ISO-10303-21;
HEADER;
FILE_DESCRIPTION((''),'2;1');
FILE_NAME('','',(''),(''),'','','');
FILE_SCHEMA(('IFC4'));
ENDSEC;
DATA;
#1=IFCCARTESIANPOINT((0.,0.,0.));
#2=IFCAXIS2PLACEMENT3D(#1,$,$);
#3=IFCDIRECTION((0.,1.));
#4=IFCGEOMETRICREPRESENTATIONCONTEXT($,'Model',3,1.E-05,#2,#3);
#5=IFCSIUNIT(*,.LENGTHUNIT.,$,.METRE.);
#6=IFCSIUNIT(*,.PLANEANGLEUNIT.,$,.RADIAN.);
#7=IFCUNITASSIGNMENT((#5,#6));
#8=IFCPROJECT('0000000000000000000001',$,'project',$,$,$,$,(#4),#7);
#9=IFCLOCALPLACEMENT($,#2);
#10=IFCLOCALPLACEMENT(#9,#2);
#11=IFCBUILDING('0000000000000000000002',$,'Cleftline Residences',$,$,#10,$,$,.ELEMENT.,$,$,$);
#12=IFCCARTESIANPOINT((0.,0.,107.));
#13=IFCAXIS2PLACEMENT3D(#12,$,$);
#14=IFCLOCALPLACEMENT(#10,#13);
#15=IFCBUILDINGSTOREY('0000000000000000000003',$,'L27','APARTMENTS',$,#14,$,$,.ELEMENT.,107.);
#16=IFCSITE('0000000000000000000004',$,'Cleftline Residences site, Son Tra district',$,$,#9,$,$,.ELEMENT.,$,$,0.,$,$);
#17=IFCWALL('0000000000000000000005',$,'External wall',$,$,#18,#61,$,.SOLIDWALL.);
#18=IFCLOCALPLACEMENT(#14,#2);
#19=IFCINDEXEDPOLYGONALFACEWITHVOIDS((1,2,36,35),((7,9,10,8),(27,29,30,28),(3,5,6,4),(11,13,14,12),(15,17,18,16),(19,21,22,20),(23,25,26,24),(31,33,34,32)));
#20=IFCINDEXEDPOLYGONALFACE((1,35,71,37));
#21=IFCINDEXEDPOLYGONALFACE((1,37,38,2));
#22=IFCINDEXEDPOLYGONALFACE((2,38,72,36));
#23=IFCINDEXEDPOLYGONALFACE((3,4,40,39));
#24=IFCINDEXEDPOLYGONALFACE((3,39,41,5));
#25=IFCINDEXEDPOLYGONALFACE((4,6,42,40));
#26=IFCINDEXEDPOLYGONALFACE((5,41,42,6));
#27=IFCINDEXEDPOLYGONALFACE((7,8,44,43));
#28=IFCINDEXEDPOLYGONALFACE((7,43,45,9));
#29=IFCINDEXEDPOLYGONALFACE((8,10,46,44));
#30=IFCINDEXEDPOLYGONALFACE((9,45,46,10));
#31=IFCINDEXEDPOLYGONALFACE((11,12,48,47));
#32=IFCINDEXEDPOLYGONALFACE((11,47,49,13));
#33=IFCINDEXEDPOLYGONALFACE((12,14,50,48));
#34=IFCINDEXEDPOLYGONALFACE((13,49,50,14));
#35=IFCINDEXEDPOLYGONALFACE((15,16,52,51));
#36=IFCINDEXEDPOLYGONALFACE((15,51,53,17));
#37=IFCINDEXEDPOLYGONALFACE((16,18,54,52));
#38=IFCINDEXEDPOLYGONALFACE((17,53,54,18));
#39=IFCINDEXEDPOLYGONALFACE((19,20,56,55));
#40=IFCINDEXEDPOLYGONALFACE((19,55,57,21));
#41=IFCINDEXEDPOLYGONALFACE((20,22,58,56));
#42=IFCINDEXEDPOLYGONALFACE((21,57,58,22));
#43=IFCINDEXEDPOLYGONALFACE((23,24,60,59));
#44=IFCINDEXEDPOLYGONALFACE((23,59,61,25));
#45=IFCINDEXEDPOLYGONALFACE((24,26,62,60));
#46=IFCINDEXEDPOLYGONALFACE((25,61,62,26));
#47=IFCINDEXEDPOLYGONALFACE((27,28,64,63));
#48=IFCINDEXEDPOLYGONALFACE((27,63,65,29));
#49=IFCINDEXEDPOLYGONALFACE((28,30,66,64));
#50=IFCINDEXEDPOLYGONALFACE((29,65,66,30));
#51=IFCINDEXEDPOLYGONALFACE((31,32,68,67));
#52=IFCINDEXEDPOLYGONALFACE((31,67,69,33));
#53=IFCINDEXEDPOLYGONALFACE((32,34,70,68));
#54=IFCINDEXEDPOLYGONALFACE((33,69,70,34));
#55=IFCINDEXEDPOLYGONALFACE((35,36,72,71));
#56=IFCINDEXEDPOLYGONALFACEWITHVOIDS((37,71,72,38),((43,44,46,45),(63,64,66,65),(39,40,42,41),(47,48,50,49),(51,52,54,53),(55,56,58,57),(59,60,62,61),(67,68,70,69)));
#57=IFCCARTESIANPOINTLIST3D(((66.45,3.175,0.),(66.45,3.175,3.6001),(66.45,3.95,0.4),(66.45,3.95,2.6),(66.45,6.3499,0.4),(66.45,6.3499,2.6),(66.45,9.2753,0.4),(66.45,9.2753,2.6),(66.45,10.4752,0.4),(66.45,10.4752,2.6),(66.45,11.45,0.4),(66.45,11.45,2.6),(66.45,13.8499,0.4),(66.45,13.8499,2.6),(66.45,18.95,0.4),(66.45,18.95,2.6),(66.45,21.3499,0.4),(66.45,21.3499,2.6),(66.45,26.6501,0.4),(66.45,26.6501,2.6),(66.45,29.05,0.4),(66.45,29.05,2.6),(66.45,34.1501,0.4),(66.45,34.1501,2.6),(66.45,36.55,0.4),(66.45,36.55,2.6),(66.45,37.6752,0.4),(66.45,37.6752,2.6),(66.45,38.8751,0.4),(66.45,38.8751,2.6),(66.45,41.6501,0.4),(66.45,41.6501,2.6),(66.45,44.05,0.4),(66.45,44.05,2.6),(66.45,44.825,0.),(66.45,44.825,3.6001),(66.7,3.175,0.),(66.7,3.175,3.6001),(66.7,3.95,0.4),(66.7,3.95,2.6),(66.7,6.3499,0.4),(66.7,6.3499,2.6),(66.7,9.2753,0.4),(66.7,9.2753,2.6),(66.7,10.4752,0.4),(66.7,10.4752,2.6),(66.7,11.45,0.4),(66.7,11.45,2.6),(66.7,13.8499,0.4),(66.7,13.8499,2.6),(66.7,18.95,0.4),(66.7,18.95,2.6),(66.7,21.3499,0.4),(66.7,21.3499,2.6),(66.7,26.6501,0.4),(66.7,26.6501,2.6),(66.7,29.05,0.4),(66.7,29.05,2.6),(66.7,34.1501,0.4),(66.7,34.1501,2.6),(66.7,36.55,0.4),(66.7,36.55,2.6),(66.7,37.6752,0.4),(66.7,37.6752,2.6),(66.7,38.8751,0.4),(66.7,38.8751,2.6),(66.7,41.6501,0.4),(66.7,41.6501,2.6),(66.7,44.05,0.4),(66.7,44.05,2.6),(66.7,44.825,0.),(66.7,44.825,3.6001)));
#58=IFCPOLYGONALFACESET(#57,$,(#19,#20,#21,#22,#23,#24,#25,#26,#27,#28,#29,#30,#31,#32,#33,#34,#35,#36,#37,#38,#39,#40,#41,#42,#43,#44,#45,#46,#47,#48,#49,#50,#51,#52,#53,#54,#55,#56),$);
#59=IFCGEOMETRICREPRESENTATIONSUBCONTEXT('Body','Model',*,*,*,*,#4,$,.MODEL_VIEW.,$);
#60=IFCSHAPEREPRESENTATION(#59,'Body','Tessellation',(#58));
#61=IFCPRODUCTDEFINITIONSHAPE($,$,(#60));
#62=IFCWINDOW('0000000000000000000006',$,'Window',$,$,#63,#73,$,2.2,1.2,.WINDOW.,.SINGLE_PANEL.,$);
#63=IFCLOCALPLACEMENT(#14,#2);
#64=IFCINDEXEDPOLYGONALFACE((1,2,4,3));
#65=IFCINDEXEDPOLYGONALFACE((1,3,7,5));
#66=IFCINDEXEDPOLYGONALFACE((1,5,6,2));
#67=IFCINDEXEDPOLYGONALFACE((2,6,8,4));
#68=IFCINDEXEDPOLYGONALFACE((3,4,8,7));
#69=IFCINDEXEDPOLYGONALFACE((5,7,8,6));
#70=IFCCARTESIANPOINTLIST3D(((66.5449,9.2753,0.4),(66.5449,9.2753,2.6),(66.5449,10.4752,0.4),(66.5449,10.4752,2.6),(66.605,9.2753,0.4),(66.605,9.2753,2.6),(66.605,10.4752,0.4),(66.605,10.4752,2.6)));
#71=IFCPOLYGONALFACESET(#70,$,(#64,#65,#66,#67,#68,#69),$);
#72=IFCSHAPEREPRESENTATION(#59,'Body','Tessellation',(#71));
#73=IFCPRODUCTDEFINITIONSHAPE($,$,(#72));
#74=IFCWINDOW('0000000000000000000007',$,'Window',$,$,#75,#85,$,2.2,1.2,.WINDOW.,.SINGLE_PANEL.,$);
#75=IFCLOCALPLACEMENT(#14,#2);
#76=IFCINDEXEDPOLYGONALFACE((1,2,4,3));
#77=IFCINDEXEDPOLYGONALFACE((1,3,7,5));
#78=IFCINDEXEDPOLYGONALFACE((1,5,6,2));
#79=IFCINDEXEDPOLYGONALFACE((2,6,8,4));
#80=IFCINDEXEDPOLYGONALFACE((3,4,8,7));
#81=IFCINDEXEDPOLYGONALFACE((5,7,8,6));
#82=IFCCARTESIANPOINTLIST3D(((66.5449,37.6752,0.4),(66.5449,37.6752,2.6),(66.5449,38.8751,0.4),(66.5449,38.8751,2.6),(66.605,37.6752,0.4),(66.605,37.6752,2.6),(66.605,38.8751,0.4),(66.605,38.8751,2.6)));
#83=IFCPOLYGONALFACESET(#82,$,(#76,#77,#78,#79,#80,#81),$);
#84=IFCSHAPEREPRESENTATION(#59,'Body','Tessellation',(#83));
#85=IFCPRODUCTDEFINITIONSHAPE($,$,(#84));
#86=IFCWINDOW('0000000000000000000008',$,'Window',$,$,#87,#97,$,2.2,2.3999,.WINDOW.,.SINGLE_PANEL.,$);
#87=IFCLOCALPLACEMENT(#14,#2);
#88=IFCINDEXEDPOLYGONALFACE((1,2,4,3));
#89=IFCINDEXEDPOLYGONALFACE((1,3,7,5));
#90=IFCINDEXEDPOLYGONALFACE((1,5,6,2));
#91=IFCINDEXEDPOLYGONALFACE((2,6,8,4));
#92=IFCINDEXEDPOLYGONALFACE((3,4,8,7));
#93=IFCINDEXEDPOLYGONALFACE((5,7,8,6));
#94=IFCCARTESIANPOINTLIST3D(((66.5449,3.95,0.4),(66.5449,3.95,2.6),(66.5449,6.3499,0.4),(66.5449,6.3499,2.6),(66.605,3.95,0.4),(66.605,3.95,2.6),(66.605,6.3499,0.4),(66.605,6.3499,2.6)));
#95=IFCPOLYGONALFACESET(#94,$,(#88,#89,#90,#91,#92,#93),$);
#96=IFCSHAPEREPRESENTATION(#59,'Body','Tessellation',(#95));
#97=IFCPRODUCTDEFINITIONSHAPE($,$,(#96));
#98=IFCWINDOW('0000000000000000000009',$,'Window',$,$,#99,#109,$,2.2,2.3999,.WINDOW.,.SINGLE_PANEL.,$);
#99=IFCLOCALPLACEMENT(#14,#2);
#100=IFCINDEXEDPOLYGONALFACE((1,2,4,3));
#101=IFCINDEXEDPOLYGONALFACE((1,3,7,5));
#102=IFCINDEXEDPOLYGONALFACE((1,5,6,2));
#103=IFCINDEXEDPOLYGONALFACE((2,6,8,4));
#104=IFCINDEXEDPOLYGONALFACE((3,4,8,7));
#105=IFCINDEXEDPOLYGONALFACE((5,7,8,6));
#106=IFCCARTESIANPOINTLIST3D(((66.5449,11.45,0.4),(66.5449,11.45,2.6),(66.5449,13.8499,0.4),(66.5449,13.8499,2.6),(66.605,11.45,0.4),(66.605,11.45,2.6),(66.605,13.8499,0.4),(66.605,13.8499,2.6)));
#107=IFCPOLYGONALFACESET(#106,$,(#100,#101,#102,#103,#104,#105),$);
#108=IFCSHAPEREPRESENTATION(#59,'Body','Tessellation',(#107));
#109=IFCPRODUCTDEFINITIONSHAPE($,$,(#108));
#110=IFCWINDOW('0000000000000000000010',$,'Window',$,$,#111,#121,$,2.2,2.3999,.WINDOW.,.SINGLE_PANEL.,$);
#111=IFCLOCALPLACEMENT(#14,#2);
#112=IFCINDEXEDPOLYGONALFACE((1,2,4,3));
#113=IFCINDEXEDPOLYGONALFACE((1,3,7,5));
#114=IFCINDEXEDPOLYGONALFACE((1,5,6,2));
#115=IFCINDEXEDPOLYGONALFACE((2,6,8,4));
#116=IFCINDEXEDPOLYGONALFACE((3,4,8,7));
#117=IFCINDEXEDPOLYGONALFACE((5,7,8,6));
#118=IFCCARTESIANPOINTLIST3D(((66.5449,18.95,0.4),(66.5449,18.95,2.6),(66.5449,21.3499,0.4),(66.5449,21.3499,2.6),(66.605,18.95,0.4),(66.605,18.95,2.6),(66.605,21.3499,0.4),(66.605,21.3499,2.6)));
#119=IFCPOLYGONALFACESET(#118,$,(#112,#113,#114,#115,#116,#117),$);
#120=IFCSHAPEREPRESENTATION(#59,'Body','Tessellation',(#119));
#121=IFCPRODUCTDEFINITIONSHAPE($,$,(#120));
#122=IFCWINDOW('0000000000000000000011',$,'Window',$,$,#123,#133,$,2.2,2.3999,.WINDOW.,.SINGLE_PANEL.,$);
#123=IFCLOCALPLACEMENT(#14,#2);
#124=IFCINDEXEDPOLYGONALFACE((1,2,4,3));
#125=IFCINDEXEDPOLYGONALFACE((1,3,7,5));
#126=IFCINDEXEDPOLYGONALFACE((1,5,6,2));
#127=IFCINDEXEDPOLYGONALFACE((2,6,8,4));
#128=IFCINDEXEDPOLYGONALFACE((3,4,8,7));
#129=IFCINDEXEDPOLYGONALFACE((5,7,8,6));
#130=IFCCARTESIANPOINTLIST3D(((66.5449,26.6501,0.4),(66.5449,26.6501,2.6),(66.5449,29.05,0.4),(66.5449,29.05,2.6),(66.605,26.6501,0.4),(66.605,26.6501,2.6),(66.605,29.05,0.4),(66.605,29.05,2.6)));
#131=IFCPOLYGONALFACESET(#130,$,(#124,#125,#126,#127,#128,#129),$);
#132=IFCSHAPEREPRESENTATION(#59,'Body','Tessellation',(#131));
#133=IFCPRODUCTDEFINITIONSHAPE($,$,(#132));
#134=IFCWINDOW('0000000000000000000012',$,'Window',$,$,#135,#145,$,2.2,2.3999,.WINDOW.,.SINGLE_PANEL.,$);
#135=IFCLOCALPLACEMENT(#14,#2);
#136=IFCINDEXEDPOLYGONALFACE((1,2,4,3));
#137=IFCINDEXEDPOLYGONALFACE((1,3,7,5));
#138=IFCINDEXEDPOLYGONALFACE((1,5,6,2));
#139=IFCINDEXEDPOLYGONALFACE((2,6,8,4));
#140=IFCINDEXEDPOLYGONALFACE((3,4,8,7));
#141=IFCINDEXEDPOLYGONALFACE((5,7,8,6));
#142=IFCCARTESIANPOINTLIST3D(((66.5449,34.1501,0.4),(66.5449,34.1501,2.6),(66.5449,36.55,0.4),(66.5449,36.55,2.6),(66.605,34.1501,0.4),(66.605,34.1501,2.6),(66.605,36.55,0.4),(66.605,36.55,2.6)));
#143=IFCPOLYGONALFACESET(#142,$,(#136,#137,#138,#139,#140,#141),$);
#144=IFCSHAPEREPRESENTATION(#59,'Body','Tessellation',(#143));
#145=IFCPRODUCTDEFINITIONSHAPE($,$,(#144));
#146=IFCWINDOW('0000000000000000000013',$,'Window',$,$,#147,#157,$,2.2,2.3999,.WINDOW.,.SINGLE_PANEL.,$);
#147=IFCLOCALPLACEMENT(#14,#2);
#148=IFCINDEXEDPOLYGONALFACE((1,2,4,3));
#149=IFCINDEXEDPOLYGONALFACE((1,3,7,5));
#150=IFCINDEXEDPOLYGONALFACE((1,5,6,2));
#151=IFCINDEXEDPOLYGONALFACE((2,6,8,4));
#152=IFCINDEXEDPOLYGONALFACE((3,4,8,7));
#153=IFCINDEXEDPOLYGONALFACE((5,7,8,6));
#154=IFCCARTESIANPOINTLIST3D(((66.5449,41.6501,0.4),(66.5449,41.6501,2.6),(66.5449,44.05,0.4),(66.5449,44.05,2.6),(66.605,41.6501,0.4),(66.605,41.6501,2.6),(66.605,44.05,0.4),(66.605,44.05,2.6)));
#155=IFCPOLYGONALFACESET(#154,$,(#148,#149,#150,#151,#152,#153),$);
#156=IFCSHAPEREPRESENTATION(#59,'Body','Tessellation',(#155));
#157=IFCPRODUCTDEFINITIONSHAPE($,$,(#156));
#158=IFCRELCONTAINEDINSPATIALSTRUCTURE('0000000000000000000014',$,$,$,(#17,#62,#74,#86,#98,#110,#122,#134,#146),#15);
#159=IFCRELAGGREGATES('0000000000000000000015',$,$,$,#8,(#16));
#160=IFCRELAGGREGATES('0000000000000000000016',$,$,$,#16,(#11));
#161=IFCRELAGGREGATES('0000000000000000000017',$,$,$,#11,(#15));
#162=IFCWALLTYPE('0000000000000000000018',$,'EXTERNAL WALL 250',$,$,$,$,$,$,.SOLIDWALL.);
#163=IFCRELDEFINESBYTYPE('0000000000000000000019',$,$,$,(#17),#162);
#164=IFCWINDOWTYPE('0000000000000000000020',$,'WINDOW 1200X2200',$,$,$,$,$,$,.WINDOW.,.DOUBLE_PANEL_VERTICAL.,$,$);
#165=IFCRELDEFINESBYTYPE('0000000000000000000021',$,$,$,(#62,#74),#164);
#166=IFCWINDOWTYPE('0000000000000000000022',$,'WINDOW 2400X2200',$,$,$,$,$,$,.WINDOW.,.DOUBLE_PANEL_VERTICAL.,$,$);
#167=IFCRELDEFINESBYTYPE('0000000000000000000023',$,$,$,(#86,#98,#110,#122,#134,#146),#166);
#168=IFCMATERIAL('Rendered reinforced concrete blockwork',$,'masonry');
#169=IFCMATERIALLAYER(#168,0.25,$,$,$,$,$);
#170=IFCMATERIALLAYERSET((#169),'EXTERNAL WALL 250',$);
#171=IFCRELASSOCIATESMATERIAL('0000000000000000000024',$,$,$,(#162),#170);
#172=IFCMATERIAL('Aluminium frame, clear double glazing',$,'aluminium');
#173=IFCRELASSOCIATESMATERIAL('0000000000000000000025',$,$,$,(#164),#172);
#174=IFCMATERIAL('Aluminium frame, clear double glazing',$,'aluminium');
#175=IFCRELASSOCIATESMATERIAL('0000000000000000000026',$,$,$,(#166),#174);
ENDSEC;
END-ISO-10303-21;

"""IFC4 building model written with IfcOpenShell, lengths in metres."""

from ifc_helpers import new_model, si_unit, direction, frame, frame_2d, origin, place, context, subcontext, project, spatial, rectangle, extrude, material, layer, layer_set, type_object, element, fill, save


model = new_model("IFC4")

# Units and contexts
model_context = context("Model", 3, precision=1e-05, world=origin(), true_north=direction((0.0, 1.0)))
body_context = subcontext(model_context, "Body", "Model", "MODEL_VIEW")
ifc_project = project(units=[si_unit("LENGTHUNIT", "METRE"), si_unit("PLANEANGLEUNIT", "RADIAN")], contexts=[model_context])

# Site, building, storey
site_placement = place(None, origin())
site = spatial("IfcSite", under=ifc_project, at=site_placement, Name="Cleftline Residences site, Son Tra district", CompositionType="ELEMENT", RefElevation=0.0)
building_placement = place(site_placement, origin())
building = spatial("IfcBuilding", under=site, at=building_placement, Name="Cleftline Residences", CompositionType="ELEMENT")
storey_placement = place(building_placement, frame((0.0, 0.0, 107.0)))
storey = spatial("IfcBuildingStorey", under=building, at=storey_placement, Name="L27", Description="APARTMENTS", CompositionType="ELEMENT", Elevation=107.0)

# Wall, openings, windows
ifc_material_1 = material(Name="Rendered reinforced concrete blockwork", Category="masonry")
ifc_layer_1 = layer(ifc_material_1, 0.25)
ifc_layer_set_1 = layer_set([ifc_layer_1], Name="EXTERNAL WALL 250")
wall_type = type_object("IfcWallType", Name="EXTERNAL WALL 250", PredefinedType="SOLIDWALL", material=ifc_layer_set_1)
wall_placement = place(storey_placement, frame((66.575, 3.175, 0.0), z_axis=(0.0, 0.0, 1.0), x_axis=(0.0, 1.0, 0.0)))
wall = element("IfcWall", 1, at=wall_placement, inside=storey, type_object=wall_type, Name="External wall", PredefinedType="SOLIDWALL", context=body_context, shape_type="SweptSolid", body=[
    extrude(rectangle(XDim=41.6499, YDim=0.25, at=frame_2d((20.825, 0.0))), origin(), (0.0, 0.0, 1.0), 3.6001),
])
opening_1_placement = place(wall_placement, frame((0.7749, 0.0, 0.3999)))
opening_1 = element("IfcOpeningElement", 2, at=opening_1_placement, cuts=wall, PredefinedType="OPENING", context=body_context, shape_type="SweptSolid", body=[
    extrude(rectangle(XDim=2.3999, YDim=2.2, at=frame_2d((1.2, 1.1001))), frame((0.0, 0.135, 0.0), z_axis=(0.0, -1.0, 0.0), x_axis=(1.0, 0.0, 0.0)), (0.0, 0.0, 1.0), 0.27),
])
opening_2_placement = place(wall_placement, frame((6.1001, 0.0, 0.3999)))
opening_2 = element("IfcOpeningElement", 3, at=opening_2_placement, cuts=wall, PredefinedType="OPENING", context=body_context, shape_type="SweptSolid", body=[
    extrude(rectangle(XDim=1.2, YDim=2.2, at=frame_2d((0.6001, 1.1001))), frame((0.0, 0.135, 0.0), z_axis=(0.0, -1.0, 0.0), x_axis=(1.0, 0.0, 0.0)), (0.0, 0.0, 1.0), 0.27),
])
opening_3_placement = place(wall_placement, frame((8.2749, 0.0, 0.3999)))
opening_3 = element("IfcOpeningElement", 4, at=opening_3_placement, cuts=wall, PredefinedType="OPENING", context=body_context, shape_type="SweptSolid", body=[
    extrude(rectangle(XDim=2.3999, YDim=2.2, at=frame_2d((1.2, 1.1001))), frame((0.0, 0.135, 0.0), z_axis=(0.0, -1.0, 0.0), x_axis=(1.0, 0.0, 0.0)), (0.0, 0.0, 1.0), 0.27),
])
opening_4_placement = place(wall_placement, frame((15.7749, 0.0, 0.3999)))
opening_4 = element("IfcOpeningElement", 5, at=opening_4_placement, cuts=wall, PredefinedType="OPENING", context=body_context, shape_type="SweptSolid", body=[
    extrude(rectangle(XDim=2.3999, YDim=2.2, at=frame_2d((1.2, 1.1001))), frame((0.0, 0.135, 0.0), z_axis=(0.0, -1.0, 0.0), x_axis=(1.0, 0.0, 0.0)), (0.0, 0.0, 1.0), 0.27),
])
opening_5_placement = place(wall_placement, frame((23.4751, 0.0, 0.3999)))
opening_5 = element("IfcOpeningElement", 6, at=opening_5_placement, cuts=wall, PredefinedType="OPENING", context=body_context, shape_type="SweptSolid", body=[
    extrude(rectangle(XDim=2.3999, YDim=2.2, at=frame_2d((1.2, 1.1001))), frame((0.0, 0.135, 0.0), z_axis=(0.0, -1.0, 0.0), x_axis=(1.0, 0.0, 0.0)), (0.0, 0.0, 1.0), 0.27),
])
opening_6_placement = place(wall_placement, frame((30.9751, 0.0, 0.3999)))
opening_6 = element("IfcOpeningElement", 7, at=opening_6_placement, cuts=wall, PredefinedType="OPENING", context=body_context, shape_type="SweptSolid", body=[
    extrude(rectangle(XDim=2.3999, YDim=2.2, at=frame_2d((1.2, 1.1001))), frame((0.0, 0.135, 0.0), z_axis=(0.0, -1.0, 0.0), x_axis=(1.0, 0.0, 0.0)), (0.0, 0.0, 1.0), 0.27),
])
opening_7_placement = place(wall_placement, frame((34.5, 0.0, 0.3999)))
opening_7 = element("IfcOpeningElement", 8, at=opening_7_placement, cuts=wall, PredefinedType="OPENING", context=body_context, shape_type="SweptSolid", body=[
    extrude(rectangle(XDim=1.2, YDim=2.2, at=frame_2d((0.6001, 1.1001))), frame((0.0, 0.135, 0.0), z_axis=(0.0, -1.0, 0.0), x_axis=(1.0, 0.0, 0.0)), (0.0, 0.0, 1.0), 0.27),
])
opening_8_placement = place(wall_placement, frame((38.4751, 0.0, 0.3999)))
opening_8 = element("IfcOpeningElement", 9, at=opening_8_placement, cuts=wall, PredefinedType="OPENING", context=body_context, shape_type="SweptSolid", body=[
    extrude(rectangle(XDim=2.3999, YDim=2.2, at=frame_2d((1.2, 1.1001))), frame((0.0, 0.135, 0.0), z_axis=(0.0, -1.0, 0.0), x_axis=(1.0, 0.0, 0.0)), (0.0, 0.0, 1.0), 0.27),
])
ifc_material_2 = material(Name="Aluminium frame, clear double glazing", Category="aluminium")
window_type_1 = type_object("IfcWindowType", Name="WINDOW 1200X2200", PartitioningType="DOUBLE_PANEL_VERTICAL", PredefinedType="WINDOW", material=ifc_material_2)
window_1_placement = place(opening_2_placement, origin())
window_1 = element("IfcWindow", 10, at=window_1_placement, inside=storey, type_object=window_type_1, Name="Window", OverallHeight=2.2, OverallWidth=1.2, PartitioningType="SINGLE_PANEL", PredefinedType="WINDOW", context=body_context, shape_type="SweptSolid", body=[
    extrude(rectangle(XDim=1.2, YDim=2.2, at=frame_2d((0.6001, 1.1001))), frame((0.0, 0.03, 0.0), z_axis=(0.0, -1.0, 0.0), x_axis=(1.0, 0.0, 0.0)), (0.0, 0.0, 1.0), 0.0601),
])
fill(opening_2, window_1)
window_2_placement = place(opening_7_placement, origin())
window_2 = element("IfcWindow", 11, at=window_2_placement, inside=storey, type_object=window_type_1, Name="Window", OverallHeight=2.2, OverallWidth=1.2, PartitioningType="SINGLE_PANEL", PredefinedType="WINDOW", context=body_context, shape_type="SweptSolid", body=[
    extrude(rectangle(XDim=1.2, YDim=2.2, at=frame_2d((0.6001, 1.1001))), frame((0.0, 0.03, 0.0), z_axis=(0.0, -1.0, 0.0), x_axis=(1.0, 0.0, 0.0)), (0.0, 0.0, 1.0), 0.0601),
])
fill(opening_7, window_2)
ifc_material_3 = material(Name="Aluminium frame, clear double glazing", Category="aluminium")
window_type_2 = type_object("IfcWindowType", Name="WINDOW 2400X2200", PartitioningType="DOUBLE_PANEL_VERTICAL", PredefinedType="WINDOW", material=ifc_material_3)
window_3_placement = place(opening_1_placement, origin())
window_3 = element("IfcWindow", 12, at=window_3_placement, inside=storey, type_object=window_type_2, Name="Window", OverallHeight=2.2, OverallWidth=2.3999, PartitioningType="SINGLE_PANEL", PredefinedType="WINDOW", context=body_context, shape_type="SweptSolid", body=[
    extrude(rectangle(XDim=2.3999, YDim=2.2, at=frame_2d((1.2, 1.1001))), frame((0.0, 0.03, 0.0), z_axis=(0.0, -1.0, 0.0), x_axis=(1.0, 0.0, 0.0)), (0.0, 0.0, 1.0), 0.0601),
])
fill(opening_1, window_3)
window_4_placement = place(opening_3_placement, origin())
window_4 = element("IfcWindow", 13, at=window_4_placement, inside=storey, type_object=window_type_2, Name="Window", OverallHeight=2.2, OverallWidth=2.3999, PartitioningType="SINGLE_PANEL", PredefinedType="WINDOW", context=body_context, shape_type="SweptSolid", body=[
    extrude(rectangle(XDim=2.3999, YDim=2.2, at=frame_2d((1.2, 1.1001))), frame((0.0, 0.03, 0.0), z_axis=(0.0, -1.0, 0.0), x_axis=(1.0, 0.0, 0.0)), (0.0, 0.0, 1.0), 0.0601),
])
fill(opening_3, window_4)
window_5_placement = place(opening_4_placement, origin())
window_5 = element("IfcWindow", 14, at=window_5_placement, inside=storey, type_object=window_type_2, Name="Window", OverallHeight=2.2, OverallWidth=2.3999, PartitioningType="SINGLE_PANEL", PredefinedType="WINDOW", context=body_context, shape_type="SweptSolid", body=[
    extrude(rectangle(XDim=2.3999, YDim=2.2, at=frame_2d((1.2, 1.1001))), frame((0.0, 0.03, 0.0), z_axis=(0.0, -1.0, 0.0), x_axis=(1.0, 0.0, 0.0)), (0.0, 0.0, 1.0), 0.0601),
])
fill(opening_4, window_5)
window_6_placement = place(opening_5_placement, origin())
window_6 = element("IfcWindow", 15, at=window_6_placement, inside=storey, type_object=window_type_2, Name="Window", OverallHeight=2.2, OverallWidth=2.3999, PartitioningType="SINGLE_PANEL", PredefinedType="WINDOW", context=body_context, shape_type="SweptSolid", body=[
    extrude(rectangle(XDim=2.3999, YDim=2.2, at=frame_2d((1.2, 1.1001))), frame((0.0, 0.03, 0.0), z_axis=(0.0, -1.0, 0.0), x_axis=(1.0, 0.0, 0.0)), (0.0, 0.0, 1.0), 0.0601),
])
fill(opening_5, window_6)
window_7_placement = place(opening_6_placement, origin())
window_7 = element("IfcWindow", 16, at=window_7_placement, inside=storey, type_object=window_type_2, Name="Window", OverallHeight=2.2, OverallWidth=2.3999, PartitioningType="SINGLE_PANEL", PredefinedType="WINDOW", context=body_context, shape_type="SweptSolid", body=[
    extrude(rectangle(XDim=2.3999, YDim=2.2, at=frame_2d((1.2, 1.1001))), frame((0.0, 0.03, 0.0), z_axis=(0.0, -1.0, 0.0), x_axis=(1.0, 0.0, 0.0)), (0.0, 0.0, 1.0), 0.0601),
])
fill(opening_6, window_7)
window_8_placement = place(opening_8_placement, origin())
window_8 = element("IfcWindow", 17, at=window_8_placement, inside=storey, type_object=window_type_2, Name="Window", OverallHeight=2.2, OverallWidth=2.3999, PartitioningType="SINGLE_PANEL", PredefinedType="WINDOW", context=body_context, shape_type="SweptSolid", body=[
    extrude(rectangle(XDim=2.3999, YDim=2.2, at=frame_2d((1.2, 1.1001))), frame((0.0, 0.03, 0.0), z_axis=(0.0, -1.0, 0.0), x_axis=(1.0, 0.0, 0.0)), (0.0, 0.0, 1.0), 0.0601),
])
fill(opening_8, window_8)

save(model, "model.ifc")
